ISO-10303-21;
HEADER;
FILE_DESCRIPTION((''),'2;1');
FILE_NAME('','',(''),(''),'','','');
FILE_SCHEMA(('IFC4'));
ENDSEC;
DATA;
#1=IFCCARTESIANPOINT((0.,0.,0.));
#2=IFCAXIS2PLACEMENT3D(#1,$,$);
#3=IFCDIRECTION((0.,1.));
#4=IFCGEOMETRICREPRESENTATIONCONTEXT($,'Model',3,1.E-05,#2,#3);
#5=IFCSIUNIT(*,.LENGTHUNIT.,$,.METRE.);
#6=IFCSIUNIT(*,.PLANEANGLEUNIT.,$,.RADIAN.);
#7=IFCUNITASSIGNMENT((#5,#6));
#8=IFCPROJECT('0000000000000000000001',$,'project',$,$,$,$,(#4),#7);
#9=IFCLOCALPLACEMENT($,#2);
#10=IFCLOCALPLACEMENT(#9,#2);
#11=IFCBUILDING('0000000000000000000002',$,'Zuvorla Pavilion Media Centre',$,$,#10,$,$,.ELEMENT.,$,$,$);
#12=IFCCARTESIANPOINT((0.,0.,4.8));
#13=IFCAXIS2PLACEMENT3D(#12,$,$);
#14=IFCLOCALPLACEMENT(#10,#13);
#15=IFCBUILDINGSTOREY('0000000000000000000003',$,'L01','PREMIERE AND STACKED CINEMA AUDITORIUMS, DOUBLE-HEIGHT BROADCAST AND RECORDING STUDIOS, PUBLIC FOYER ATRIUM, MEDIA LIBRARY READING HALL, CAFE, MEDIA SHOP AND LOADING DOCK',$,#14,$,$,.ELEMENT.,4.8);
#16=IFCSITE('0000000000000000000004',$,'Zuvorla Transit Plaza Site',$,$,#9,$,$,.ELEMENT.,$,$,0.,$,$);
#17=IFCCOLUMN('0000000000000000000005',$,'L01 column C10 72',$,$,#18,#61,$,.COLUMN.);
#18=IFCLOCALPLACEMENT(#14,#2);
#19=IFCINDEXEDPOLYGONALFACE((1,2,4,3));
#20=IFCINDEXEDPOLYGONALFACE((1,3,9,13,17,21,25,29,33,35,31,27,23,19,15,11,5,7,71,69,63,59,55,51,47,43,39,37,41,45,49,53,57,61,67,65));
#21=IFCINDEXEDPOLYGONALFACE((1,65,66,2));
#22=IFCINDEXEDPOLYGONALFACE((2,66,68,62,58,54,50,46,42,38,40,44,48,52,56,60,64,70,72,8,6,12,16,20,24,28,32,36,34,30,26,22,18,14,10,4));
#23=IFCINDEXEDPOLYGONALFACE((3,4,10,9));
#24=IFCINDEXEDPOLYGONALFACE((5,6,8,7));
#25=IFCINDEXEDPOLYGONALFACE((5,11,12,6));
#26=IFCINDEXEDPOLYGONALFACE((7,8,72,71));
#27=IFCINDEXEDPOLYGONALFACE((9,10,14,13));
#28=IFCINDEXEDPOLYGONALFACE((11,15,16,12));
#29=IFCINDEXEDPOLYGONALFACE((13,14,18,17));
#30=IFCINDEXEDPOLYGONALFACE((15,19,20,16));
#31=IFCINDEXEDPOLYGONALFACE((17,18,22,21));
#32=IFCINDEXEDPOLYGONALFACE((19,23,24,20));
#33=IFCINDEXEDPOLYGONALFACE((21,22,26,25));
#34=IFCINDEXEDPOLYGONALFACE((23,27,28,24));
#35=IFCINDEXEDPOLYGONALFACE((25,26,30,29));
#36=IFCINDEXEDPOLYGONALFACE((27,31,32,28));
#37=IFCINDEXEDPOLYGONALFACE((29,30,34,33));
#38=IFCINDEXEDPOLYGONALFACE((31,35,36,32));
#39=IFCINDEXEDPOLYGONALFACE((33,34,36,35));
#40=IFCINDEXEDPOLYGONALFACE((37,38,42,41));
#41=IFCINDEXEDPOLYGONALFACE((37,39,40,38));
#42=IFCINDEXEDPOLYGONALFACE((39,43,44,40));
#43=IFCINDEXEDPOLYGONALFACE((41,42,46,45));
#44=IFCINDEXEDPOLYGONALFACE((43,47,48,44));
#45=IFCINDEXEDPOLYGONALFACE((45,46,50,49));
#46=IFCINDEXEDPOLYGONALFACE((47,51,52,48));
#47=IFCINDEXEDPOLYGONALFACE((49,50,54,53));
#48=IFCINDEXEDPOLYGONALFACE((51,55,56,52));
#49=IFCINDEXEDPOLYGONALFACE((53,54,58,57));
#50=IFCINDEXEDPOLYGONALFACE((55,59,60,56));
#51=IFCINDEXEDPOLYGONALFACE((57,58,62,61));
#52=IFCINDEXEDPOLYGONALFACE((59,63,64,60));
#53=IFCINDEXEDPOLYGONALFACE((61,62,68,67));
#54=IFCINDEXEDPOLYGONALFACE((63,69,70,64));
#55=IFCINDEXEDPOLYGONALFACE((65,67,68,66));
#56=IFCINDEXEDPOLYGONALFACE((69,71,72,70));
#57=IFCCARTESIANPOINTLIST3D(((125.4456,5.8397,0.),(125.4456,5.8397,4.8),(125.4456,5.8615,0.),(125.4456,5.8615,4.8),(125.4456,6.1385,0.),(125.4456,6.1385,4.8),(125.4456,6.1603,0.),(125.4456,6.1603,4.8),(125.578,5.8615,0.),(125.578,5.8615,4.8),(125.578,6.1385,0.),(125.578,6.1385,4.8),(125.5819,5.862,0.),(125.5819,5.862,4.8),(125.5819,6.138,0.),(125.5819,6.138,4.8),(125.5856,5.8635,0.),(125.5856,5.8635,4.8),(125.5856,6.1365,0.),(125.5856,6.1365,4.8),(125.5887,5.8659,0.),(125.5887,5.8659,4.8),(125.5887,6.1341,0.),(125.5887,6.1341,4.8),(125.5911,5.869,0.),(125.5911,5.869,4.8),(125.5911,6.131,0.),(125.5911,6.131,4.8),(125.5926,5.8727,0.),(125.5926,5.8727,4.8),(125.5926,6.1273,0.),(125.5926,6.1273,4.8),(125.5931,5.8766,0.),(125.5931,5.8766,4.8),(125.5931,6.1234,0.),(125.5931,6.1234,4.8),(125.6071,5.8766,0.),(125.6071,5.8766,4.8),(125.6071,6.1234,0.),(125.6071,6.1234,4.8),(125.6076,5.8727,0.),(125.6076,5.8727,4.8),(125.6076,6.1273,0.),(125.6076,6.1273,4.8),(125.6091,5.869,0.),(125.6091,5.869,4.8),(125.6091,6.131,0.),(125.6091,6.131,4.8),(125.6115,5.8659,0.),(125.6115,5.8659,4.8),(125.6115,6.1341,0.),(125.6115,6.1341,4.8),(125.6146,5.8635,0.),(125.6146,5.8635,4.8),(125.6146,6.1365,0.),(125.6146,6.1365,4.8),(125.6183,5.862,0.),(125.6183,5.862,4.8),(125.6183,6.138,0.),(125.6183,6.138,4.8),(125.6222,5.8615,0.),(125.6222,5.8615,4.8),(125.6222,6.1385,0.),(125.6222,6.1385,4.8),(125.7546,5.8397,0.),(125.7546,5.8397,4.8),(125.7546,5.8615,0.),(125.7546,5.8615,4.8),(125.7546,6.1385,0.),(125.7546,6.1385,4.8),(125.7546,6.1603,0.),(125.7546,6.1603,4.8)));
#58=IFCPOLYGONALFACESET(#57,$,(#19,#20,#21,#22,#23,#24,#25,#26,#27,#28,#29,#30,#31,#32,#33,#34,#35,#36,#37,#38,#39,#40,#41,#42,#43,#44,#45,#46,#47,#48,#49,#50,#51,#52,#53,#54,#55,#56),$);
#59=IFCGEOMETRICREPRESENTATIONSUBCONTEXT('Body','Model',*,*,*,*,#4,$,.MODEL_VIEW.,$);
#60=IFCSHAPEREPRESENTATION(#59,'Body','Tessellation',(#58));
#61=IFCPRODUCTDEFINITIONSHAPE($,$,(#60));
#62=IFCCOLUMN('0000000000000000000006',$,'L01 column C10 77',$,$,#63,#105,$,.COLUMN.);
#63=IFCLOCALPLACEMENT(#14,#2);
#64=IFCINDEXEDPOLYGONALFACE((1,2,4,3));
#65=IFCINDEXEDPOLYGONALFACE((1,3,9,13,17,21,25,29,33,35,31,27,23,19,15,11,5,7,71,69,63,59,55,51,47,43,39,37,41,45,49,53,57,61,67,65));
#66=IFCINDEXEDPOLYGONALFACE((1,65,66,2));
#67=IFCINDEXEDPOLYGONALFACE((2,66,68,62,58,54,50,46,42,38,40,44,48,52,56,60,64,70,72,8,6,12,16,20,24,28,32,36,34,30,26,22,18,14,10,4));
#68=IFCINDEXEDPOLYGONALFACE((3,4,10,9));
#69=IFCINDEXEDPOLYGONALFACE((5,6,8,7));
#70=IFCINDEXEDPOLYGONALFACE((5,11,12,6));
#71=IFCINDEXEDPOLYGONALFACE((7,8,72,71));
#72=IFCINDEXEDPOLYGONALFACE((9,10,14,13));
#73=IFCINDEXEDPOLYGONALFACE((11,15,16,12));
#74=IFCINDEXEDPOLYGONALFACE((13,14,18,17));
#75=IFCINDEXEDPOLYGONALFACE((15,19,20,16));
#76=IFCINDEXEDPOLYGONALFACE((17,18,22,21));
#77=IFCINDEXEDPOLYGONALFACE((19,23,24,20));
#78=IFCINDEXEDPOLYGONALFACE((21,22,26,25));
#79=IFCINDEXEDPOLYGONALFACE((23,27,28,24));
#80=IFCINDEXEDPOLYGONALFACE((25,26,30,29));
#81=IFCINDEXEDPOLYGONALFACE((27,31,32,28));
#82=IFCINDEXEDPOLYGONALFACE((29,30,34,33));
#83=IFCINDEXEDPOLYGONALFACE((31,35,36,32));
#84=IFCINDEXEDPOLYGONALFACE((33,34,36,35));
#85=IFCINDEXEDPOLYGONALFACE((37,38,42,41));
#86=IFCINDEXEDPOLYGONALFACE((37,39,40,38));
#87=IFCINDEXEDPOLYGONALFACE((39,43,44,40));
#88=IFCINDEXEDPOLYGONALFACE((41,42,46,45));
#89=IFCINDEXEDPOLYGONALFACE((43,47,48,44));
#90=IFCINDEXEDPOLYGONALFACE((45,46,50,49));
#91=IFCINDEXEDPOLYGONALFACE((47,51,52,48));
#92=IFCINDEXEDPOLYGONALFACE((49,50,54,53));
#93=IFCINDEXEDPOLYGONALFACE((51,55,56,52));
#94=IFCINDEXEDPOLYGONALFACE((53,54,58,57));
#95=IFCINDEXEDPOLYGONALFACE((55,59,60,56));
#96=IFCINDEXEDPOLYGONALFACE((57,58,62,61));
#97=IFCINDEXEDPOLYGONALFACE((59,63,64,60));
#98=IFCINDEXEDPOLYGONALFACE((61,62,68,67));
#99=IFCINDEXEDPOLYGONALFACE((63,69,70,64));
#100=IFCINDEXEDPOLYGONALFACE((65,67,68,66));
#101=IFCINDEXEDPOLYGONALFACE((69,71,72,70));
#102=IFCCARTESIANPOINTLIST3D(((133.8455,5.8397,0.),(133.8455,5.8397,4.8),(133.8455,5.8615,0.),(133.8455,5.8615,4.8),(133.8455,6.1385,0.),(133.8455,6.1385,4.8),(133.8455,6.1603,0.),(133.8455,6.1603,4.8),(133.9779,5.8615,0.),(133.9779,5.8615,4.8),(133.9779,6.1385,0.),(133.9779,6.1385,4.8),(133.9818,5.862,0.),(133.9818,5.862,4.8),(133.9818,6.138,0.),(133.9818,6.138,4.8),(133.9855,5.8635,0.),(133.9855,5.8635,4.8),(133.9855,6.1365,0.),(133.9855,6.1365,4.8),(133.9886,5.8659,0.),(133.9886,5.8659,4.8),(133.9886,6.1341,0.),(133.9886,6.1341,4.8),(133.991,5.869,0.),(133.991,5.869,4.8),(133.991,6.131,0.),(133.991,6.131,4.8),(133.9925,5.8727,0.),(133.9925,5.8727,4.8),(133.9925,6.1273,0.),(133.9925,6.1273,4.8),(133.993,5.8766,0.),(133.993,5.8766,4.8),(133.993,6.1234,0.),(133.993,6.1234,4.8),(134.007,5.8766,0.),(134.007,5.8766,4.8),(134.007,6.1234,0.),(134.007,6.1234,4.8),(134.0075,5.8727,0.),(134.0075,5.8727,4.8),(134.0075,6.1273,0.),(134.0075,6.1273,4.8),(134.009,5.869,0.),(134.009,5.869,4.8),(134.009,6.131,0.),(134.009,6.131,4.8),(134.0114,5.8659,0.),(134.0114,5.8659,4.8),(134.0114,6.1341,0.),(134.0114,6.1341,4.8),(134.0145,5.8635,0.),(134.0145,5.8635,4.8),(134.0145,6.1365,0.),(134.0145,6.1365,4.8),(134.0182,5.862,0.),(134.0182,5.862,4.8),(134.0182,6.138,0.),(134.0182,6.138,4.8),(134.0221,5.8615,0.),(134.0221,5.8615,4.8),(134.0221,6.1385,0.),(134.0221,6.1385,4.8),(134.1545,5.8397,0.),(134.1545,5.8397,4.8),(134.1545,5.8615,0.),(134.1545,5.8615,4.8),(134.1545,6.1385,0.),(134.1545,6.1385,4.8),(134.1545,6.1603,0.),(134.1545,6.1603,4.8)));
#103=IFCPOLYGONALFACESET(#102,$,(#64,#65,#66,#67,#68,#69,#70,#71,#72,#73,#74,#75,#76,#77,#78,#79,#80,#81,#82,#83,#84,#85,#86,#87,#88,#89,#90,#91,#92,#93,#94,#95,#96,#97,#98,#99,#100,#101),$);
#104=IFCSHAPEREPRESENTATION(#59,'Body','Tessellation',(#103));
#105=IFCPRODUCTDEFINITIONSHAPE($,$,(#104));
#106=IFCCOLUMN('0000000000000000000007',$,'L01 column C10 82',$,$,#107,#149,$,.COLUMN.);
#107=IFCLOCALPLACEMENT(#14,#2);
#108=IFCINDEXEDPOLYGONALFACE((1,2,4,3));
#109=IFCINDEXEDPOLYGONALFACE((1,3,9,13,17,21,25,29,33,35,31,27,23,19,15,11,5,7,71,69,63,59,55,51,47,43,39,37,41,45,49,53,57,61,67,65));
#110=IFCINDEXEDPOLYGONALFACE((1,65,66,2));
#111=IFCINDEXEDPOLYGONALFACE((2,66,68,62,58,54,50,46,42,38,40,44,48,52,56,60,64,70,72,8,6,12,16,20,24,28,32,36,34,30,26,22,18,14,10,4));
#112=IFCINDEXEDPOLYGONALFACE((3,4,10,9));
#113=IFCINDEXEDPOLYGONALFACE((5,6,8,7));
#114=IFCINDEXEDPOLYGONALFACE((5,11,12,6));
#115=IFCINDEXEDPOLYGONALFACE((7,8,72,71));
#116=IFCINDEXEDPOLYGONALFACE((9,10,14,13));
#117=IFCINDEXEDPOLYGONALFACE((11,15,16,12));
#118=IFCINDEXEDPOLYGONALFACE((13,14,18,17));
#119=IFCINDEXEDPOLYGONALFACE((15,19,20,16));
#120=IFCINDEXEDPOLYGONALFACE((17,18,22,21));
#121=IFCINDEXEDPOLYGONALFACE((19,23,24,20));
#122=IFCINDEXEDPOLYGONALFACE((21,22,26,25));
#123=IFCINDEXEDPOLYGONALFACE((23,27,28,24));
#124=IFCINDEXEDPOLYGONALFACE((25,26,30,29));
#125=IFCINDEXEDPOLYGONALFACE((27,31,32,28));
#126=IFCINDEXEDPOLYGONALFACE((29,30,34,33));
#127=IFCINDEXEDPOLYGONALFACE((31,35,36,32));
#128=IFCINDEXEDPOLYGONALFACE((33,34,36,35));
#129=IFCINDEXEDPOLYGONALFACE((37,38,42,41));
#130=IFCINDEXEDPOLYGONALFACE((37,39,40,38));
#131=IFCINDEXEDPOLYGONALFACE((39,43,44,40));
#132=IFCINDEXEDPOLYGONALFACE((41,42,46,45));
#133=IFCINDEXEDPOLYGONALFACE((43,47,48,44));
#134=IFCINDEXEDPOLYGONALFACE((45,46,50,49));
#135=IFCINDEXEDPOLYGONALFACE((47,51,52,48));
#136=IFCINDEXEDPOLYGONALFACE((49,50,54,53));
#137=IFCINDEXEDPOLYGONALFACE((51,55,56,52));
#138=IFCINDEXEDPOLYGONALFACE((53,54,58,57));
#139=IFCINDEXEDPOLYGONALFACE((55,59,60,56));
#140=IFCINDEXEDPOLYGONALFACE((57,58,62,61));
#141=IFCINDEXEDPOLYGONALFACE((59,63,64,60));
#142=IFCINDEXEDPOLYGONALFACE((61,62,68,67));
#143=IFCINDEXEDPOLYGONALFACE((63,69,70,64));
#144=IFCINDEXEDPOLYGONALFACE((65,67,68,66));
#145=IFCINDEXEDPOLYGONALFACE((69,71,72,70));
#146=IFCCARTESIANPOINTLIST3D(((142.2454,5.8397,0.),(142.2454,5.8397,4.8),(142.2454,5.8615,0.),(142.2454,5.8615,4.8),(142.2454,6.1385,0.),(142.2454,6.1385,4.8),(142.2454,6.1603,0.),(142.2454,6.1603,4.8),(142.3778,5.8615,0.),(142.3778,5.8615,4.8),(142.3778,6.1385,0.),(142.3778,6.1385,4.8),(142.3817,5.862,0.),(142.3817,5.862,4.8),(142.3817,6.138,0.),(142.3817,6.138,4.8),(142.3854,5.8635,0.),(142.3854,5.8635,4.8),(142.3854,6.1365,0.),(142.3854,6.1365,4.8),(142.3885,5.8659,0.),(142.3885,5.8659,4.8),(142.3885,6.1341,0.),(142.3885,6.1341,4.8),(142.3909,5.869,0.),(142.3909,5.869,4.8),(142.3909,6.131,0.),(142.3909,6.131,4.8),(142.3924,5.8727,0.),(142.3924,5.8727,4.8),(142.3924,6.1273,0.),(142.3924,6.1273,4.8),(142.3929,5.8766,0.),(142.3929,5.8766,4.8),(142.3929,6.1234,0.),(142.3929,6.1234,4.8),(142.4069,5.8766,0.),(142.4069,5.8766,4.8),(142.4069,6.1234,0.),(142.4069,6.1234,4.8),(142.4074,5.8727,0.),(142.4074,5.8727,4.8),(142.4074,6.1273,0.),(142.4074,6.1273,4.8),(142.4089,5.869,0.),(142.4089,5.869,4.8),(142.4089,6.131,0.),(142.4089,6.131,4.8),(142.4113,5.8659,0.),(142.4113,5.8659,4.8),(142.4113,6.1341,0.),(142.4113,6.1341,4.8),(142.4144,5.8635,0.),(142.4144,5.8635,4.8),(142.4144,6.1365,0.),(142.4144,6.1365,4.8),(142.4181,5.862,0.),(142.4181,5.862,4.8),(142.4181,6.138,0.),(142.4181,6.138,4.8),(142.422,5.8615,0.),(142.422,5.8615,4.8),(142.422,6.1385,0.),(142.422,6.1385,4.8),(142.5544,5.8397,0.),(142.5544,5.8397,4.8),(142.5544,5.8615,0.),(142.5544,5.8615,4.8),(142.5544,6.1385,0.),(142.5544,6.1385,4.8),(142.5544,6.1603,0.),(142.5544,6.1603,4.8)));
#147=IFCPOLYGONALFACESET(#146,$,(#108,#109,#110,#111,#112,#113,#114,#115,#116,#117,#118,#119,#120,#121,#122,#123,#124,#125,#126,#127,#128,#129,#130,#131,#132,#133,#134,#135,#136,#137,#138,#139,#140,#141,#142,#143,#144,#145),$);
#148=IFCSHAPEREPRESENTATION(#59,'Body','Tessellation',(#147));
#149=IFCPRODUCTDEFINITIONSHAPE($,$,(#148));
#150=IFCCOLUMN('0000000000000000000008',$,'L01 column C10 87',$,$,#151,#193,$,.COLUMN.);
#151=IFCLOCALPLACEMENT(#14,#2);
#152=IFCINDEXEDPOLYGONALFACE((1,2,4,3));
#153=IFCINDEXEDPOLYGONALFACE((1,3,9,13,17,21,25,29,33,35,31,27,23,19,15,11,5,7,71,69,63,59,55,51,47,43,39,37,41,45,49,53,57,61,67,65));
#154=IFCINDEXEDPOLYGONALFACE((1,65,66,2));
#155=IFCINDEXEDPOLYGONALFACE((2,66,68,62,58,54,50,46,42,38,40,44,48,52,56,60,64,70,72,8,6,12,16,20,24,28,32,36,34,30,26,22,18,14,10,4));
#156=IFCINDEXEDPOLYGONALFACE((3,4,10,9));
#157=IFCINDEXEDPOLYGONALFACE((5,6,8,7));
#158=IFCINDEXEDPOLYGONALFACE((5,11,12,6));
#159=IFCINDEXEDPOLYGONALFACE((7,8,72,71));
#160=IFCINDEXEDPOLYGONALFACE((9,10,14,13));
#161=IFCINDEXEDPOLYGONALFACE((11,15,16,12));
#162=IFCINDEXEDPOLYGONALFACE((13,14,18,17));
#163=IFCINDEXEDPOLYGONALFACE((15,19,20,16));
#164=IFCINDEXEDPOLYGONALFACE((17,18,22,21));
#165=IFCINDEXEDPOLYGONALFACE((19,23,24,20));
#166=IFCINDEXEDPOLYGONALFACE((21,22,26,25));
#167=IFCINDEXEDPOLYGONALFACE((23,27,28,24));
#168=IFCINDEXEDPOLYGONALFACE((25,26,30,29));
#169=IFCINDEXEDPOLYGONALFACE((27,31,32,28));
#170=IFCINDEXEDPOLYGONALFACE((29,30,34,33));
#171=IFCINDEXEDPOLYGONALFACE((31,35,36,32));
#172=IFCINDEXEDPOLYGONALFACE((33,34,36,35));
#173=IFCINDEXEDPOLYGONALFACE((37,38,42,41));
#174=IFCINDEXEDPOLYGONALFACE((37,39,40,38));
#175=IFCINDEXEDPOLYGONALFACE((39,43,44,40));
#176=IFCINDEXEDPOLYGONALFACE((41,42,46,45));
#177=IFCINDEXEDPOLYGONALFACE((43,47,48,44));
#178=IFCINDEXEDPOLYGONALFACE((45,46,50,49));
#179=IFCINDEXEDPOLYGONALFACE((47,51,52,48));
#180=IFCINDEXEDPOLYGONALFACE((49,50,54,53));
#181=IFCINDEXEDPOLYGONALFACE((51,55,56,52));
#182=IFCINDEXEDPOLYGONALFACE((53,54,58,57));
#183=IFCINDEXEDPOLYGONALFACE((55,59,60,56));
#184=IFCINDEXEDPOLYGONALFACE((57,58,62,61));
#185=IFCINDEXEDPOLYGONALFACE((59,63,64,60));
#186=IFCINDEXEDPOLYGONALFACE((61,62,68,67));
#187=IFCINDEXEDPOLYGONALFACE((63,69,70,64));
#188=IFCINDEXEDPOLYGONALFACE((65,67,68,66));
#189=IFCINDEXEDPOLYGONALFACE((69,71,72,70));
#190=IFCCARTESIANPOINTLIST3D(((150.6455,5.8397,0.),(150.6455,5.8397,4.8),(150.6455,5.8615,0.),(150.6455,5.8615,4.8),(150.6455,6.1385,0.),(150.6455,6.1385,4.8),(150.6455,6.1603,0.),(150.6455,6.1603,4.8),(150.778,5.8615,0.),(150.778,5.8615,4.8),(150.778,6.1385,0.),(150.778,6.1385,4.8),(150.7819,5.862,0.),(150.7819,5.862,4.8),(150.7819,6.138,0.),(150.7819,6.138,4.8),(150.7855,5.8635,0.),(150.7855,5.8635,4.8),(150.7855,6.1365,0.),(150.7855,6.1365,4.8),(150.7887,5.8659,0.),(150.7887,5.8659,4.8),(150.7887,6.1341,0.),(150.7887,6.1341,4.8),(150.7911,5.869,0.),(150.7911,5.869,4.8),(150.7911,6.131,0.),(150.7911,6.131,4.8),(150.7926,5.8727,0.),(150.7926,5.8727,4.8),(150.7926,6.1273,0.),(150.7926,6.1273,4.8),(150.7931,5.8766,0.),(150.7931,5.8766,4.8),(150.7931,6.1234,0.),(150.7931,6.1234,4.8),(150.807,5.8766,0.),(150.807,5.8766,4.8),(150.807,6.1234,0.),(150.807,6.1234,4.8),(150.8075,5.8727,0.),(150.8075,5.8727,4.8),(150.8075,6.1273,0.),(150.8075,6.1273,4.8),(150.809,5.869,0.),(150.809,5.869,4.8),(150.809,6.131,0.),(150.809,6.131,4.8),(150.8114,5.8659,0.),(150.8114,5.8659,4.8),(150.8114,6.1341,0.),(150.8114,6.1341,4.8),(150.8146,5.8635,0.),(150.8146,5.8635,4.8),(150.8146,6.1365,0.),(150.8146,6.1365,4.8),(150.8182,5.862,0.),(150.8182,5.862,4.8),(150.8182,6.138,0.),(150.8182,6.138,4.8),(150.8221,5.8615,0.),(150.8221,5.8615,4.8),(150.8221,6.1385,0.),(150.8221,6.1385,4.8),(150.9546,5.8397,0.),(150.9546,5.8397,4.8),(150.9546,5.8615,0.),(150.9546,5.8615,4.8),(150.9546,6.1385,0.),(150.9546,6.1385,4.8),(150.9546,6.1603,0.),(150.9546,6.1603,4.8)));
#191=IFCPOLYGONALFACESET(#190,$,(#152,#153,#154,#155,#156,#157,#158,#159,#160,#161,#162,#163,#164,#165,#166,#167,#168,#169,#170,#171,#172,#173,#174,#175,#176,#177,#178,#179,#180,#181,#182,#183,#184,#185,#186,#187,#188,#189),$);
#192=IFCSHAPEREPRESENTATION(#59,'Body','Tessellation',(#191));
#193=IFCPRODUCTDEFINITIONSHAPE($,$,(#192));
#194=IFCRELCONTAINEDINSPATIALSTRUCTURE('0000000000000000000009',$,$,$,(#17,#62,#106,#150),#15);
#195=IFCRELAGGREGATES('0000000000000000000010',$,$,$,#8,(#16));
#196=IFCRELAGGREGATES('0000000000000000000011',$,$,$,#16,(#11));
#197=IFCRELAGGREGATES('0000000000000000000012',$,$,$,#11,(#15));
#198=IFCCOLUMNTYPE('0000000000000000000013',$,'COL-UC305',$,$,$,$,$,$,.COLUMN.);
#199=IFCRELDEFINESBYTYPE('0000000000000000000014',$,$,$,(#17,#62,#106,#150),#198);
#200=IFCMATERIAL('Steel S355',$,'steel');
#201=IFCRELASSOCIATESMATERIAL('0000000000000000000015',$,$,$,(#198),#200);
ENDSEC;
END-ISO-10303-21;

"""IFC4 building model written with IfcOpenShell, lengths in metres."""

from ifc_helpers import new_model, si_unit, direction, frame, origin, origin_2d, place, context, subcontext, project, spatial, i_section, extrude, material, material_profile, profile_set, type_object, element, save


model = new_model("IFC4")

# Units and contexts
model_context = context("Model", 3, precision=1e-05, world=origin(), true_north=direction((0.0, 1.0)))
body_context = subcontext(model_context, "Body", "Model", "MODEL_VIEW")
ifc_project = project(units=[si_unit("LENGTHUNIT", "METRE"), si_unit("PLANEANGLEUNIT", "RADIAN")], contexts=[model_context])

# Site, building, storey
site_placement = place(None, origin())
site = spatial("IfcSite", under=ifc_project, at=site_placement, Name="Zuvorla Transit Plaza Site", CompositionType="ELEMENT", RefElevation=0.0)
building_placement = place(site_placement, origin())
building = spatial("IfcBuilding", under=site, at=building_placement, Name="Zuvorla Pavilion Media Centre", CompositionType="ELEMENT")
storey_placement = place(building_placement, frame((0.0, 0.0, 4.8)))
storey = spatial("IfcBuildingStorey", under=building, at=storey_placement, Name="L01", Description="PREMIERE AND STACKED CINEMA AUDITORIUMS, DOUBLE-HEIGHT BROADCAST AND RECORDING STUDIOS, PUBLIC FOYER ATRIUM, MEDIA LIBRARY READING HALL, CAFE, MEDIA SHOP AND LOADING DOCK", CompositionType="ELEMENT", Elevation=4.8)

# Columns
ifc_material_1 = material(Name="Steel S355", Category="steel")
ifc_material_profile_1 = material_profile(ifc_material_1, i_section(OverallWidth=0.3091, OverallDepth=0.3206, WebThickness=0.0139, FlangeThickness=0.0217, FilletRadius=0.0151, at=origin_2d()), Name="UC 305x305x137")
ifc_profile_set_1 = profile_set([ifc_material_profile_1], Name="Steel S355")
column_type = type_object("IfcColumnType", Name="COL-UC305", PredefinedType="COLUMN", material=ifc_profile_set_1)
for number, where, z_axis, x_axis, name in (
    (1, (125.6001, 6.0, 0.0), (0.0, 0.0, 1.0), (1.0, 0.0, 0.0), "L01 column C10 72"),
    (2, (134.0, 6.0, 0.0), (0.0, 0.0, 1.0), (1.0, 0.0, 0.0), "L01 column C10 77"),
    (3, (142.3999, 6.0, 0.0), (0.0, 0.0, 1.0), (1.0, 0.0, 0.0), "L01 column C10 82"),
    (4, (150.8, 6.0, 0.0), (0.0, 0.0, 1.0), (1.0, 0.0, 0.0), "L01 column C10 87"),
):
    element("IfcColumn", number, at=place(storey_placement, frame(where, z_axis=z_axis, x_axis=x_axis)), inside=storey, type_object=column_type, Name=name, PredefinedType="COLUMN", context=body_context, shape_type="SweptSolid", body=[
        extrude(i_section(OverallWidth=0.3091, OverallDepth=0.3206, WebThickness=0.0139, FlangeThickness=0.0217, FilletRadius=0.0151, at=origin_2d()), origin(), (0.0, 0.0, 1.0), 4.8),
    ])

save(model, "model.ifc")
